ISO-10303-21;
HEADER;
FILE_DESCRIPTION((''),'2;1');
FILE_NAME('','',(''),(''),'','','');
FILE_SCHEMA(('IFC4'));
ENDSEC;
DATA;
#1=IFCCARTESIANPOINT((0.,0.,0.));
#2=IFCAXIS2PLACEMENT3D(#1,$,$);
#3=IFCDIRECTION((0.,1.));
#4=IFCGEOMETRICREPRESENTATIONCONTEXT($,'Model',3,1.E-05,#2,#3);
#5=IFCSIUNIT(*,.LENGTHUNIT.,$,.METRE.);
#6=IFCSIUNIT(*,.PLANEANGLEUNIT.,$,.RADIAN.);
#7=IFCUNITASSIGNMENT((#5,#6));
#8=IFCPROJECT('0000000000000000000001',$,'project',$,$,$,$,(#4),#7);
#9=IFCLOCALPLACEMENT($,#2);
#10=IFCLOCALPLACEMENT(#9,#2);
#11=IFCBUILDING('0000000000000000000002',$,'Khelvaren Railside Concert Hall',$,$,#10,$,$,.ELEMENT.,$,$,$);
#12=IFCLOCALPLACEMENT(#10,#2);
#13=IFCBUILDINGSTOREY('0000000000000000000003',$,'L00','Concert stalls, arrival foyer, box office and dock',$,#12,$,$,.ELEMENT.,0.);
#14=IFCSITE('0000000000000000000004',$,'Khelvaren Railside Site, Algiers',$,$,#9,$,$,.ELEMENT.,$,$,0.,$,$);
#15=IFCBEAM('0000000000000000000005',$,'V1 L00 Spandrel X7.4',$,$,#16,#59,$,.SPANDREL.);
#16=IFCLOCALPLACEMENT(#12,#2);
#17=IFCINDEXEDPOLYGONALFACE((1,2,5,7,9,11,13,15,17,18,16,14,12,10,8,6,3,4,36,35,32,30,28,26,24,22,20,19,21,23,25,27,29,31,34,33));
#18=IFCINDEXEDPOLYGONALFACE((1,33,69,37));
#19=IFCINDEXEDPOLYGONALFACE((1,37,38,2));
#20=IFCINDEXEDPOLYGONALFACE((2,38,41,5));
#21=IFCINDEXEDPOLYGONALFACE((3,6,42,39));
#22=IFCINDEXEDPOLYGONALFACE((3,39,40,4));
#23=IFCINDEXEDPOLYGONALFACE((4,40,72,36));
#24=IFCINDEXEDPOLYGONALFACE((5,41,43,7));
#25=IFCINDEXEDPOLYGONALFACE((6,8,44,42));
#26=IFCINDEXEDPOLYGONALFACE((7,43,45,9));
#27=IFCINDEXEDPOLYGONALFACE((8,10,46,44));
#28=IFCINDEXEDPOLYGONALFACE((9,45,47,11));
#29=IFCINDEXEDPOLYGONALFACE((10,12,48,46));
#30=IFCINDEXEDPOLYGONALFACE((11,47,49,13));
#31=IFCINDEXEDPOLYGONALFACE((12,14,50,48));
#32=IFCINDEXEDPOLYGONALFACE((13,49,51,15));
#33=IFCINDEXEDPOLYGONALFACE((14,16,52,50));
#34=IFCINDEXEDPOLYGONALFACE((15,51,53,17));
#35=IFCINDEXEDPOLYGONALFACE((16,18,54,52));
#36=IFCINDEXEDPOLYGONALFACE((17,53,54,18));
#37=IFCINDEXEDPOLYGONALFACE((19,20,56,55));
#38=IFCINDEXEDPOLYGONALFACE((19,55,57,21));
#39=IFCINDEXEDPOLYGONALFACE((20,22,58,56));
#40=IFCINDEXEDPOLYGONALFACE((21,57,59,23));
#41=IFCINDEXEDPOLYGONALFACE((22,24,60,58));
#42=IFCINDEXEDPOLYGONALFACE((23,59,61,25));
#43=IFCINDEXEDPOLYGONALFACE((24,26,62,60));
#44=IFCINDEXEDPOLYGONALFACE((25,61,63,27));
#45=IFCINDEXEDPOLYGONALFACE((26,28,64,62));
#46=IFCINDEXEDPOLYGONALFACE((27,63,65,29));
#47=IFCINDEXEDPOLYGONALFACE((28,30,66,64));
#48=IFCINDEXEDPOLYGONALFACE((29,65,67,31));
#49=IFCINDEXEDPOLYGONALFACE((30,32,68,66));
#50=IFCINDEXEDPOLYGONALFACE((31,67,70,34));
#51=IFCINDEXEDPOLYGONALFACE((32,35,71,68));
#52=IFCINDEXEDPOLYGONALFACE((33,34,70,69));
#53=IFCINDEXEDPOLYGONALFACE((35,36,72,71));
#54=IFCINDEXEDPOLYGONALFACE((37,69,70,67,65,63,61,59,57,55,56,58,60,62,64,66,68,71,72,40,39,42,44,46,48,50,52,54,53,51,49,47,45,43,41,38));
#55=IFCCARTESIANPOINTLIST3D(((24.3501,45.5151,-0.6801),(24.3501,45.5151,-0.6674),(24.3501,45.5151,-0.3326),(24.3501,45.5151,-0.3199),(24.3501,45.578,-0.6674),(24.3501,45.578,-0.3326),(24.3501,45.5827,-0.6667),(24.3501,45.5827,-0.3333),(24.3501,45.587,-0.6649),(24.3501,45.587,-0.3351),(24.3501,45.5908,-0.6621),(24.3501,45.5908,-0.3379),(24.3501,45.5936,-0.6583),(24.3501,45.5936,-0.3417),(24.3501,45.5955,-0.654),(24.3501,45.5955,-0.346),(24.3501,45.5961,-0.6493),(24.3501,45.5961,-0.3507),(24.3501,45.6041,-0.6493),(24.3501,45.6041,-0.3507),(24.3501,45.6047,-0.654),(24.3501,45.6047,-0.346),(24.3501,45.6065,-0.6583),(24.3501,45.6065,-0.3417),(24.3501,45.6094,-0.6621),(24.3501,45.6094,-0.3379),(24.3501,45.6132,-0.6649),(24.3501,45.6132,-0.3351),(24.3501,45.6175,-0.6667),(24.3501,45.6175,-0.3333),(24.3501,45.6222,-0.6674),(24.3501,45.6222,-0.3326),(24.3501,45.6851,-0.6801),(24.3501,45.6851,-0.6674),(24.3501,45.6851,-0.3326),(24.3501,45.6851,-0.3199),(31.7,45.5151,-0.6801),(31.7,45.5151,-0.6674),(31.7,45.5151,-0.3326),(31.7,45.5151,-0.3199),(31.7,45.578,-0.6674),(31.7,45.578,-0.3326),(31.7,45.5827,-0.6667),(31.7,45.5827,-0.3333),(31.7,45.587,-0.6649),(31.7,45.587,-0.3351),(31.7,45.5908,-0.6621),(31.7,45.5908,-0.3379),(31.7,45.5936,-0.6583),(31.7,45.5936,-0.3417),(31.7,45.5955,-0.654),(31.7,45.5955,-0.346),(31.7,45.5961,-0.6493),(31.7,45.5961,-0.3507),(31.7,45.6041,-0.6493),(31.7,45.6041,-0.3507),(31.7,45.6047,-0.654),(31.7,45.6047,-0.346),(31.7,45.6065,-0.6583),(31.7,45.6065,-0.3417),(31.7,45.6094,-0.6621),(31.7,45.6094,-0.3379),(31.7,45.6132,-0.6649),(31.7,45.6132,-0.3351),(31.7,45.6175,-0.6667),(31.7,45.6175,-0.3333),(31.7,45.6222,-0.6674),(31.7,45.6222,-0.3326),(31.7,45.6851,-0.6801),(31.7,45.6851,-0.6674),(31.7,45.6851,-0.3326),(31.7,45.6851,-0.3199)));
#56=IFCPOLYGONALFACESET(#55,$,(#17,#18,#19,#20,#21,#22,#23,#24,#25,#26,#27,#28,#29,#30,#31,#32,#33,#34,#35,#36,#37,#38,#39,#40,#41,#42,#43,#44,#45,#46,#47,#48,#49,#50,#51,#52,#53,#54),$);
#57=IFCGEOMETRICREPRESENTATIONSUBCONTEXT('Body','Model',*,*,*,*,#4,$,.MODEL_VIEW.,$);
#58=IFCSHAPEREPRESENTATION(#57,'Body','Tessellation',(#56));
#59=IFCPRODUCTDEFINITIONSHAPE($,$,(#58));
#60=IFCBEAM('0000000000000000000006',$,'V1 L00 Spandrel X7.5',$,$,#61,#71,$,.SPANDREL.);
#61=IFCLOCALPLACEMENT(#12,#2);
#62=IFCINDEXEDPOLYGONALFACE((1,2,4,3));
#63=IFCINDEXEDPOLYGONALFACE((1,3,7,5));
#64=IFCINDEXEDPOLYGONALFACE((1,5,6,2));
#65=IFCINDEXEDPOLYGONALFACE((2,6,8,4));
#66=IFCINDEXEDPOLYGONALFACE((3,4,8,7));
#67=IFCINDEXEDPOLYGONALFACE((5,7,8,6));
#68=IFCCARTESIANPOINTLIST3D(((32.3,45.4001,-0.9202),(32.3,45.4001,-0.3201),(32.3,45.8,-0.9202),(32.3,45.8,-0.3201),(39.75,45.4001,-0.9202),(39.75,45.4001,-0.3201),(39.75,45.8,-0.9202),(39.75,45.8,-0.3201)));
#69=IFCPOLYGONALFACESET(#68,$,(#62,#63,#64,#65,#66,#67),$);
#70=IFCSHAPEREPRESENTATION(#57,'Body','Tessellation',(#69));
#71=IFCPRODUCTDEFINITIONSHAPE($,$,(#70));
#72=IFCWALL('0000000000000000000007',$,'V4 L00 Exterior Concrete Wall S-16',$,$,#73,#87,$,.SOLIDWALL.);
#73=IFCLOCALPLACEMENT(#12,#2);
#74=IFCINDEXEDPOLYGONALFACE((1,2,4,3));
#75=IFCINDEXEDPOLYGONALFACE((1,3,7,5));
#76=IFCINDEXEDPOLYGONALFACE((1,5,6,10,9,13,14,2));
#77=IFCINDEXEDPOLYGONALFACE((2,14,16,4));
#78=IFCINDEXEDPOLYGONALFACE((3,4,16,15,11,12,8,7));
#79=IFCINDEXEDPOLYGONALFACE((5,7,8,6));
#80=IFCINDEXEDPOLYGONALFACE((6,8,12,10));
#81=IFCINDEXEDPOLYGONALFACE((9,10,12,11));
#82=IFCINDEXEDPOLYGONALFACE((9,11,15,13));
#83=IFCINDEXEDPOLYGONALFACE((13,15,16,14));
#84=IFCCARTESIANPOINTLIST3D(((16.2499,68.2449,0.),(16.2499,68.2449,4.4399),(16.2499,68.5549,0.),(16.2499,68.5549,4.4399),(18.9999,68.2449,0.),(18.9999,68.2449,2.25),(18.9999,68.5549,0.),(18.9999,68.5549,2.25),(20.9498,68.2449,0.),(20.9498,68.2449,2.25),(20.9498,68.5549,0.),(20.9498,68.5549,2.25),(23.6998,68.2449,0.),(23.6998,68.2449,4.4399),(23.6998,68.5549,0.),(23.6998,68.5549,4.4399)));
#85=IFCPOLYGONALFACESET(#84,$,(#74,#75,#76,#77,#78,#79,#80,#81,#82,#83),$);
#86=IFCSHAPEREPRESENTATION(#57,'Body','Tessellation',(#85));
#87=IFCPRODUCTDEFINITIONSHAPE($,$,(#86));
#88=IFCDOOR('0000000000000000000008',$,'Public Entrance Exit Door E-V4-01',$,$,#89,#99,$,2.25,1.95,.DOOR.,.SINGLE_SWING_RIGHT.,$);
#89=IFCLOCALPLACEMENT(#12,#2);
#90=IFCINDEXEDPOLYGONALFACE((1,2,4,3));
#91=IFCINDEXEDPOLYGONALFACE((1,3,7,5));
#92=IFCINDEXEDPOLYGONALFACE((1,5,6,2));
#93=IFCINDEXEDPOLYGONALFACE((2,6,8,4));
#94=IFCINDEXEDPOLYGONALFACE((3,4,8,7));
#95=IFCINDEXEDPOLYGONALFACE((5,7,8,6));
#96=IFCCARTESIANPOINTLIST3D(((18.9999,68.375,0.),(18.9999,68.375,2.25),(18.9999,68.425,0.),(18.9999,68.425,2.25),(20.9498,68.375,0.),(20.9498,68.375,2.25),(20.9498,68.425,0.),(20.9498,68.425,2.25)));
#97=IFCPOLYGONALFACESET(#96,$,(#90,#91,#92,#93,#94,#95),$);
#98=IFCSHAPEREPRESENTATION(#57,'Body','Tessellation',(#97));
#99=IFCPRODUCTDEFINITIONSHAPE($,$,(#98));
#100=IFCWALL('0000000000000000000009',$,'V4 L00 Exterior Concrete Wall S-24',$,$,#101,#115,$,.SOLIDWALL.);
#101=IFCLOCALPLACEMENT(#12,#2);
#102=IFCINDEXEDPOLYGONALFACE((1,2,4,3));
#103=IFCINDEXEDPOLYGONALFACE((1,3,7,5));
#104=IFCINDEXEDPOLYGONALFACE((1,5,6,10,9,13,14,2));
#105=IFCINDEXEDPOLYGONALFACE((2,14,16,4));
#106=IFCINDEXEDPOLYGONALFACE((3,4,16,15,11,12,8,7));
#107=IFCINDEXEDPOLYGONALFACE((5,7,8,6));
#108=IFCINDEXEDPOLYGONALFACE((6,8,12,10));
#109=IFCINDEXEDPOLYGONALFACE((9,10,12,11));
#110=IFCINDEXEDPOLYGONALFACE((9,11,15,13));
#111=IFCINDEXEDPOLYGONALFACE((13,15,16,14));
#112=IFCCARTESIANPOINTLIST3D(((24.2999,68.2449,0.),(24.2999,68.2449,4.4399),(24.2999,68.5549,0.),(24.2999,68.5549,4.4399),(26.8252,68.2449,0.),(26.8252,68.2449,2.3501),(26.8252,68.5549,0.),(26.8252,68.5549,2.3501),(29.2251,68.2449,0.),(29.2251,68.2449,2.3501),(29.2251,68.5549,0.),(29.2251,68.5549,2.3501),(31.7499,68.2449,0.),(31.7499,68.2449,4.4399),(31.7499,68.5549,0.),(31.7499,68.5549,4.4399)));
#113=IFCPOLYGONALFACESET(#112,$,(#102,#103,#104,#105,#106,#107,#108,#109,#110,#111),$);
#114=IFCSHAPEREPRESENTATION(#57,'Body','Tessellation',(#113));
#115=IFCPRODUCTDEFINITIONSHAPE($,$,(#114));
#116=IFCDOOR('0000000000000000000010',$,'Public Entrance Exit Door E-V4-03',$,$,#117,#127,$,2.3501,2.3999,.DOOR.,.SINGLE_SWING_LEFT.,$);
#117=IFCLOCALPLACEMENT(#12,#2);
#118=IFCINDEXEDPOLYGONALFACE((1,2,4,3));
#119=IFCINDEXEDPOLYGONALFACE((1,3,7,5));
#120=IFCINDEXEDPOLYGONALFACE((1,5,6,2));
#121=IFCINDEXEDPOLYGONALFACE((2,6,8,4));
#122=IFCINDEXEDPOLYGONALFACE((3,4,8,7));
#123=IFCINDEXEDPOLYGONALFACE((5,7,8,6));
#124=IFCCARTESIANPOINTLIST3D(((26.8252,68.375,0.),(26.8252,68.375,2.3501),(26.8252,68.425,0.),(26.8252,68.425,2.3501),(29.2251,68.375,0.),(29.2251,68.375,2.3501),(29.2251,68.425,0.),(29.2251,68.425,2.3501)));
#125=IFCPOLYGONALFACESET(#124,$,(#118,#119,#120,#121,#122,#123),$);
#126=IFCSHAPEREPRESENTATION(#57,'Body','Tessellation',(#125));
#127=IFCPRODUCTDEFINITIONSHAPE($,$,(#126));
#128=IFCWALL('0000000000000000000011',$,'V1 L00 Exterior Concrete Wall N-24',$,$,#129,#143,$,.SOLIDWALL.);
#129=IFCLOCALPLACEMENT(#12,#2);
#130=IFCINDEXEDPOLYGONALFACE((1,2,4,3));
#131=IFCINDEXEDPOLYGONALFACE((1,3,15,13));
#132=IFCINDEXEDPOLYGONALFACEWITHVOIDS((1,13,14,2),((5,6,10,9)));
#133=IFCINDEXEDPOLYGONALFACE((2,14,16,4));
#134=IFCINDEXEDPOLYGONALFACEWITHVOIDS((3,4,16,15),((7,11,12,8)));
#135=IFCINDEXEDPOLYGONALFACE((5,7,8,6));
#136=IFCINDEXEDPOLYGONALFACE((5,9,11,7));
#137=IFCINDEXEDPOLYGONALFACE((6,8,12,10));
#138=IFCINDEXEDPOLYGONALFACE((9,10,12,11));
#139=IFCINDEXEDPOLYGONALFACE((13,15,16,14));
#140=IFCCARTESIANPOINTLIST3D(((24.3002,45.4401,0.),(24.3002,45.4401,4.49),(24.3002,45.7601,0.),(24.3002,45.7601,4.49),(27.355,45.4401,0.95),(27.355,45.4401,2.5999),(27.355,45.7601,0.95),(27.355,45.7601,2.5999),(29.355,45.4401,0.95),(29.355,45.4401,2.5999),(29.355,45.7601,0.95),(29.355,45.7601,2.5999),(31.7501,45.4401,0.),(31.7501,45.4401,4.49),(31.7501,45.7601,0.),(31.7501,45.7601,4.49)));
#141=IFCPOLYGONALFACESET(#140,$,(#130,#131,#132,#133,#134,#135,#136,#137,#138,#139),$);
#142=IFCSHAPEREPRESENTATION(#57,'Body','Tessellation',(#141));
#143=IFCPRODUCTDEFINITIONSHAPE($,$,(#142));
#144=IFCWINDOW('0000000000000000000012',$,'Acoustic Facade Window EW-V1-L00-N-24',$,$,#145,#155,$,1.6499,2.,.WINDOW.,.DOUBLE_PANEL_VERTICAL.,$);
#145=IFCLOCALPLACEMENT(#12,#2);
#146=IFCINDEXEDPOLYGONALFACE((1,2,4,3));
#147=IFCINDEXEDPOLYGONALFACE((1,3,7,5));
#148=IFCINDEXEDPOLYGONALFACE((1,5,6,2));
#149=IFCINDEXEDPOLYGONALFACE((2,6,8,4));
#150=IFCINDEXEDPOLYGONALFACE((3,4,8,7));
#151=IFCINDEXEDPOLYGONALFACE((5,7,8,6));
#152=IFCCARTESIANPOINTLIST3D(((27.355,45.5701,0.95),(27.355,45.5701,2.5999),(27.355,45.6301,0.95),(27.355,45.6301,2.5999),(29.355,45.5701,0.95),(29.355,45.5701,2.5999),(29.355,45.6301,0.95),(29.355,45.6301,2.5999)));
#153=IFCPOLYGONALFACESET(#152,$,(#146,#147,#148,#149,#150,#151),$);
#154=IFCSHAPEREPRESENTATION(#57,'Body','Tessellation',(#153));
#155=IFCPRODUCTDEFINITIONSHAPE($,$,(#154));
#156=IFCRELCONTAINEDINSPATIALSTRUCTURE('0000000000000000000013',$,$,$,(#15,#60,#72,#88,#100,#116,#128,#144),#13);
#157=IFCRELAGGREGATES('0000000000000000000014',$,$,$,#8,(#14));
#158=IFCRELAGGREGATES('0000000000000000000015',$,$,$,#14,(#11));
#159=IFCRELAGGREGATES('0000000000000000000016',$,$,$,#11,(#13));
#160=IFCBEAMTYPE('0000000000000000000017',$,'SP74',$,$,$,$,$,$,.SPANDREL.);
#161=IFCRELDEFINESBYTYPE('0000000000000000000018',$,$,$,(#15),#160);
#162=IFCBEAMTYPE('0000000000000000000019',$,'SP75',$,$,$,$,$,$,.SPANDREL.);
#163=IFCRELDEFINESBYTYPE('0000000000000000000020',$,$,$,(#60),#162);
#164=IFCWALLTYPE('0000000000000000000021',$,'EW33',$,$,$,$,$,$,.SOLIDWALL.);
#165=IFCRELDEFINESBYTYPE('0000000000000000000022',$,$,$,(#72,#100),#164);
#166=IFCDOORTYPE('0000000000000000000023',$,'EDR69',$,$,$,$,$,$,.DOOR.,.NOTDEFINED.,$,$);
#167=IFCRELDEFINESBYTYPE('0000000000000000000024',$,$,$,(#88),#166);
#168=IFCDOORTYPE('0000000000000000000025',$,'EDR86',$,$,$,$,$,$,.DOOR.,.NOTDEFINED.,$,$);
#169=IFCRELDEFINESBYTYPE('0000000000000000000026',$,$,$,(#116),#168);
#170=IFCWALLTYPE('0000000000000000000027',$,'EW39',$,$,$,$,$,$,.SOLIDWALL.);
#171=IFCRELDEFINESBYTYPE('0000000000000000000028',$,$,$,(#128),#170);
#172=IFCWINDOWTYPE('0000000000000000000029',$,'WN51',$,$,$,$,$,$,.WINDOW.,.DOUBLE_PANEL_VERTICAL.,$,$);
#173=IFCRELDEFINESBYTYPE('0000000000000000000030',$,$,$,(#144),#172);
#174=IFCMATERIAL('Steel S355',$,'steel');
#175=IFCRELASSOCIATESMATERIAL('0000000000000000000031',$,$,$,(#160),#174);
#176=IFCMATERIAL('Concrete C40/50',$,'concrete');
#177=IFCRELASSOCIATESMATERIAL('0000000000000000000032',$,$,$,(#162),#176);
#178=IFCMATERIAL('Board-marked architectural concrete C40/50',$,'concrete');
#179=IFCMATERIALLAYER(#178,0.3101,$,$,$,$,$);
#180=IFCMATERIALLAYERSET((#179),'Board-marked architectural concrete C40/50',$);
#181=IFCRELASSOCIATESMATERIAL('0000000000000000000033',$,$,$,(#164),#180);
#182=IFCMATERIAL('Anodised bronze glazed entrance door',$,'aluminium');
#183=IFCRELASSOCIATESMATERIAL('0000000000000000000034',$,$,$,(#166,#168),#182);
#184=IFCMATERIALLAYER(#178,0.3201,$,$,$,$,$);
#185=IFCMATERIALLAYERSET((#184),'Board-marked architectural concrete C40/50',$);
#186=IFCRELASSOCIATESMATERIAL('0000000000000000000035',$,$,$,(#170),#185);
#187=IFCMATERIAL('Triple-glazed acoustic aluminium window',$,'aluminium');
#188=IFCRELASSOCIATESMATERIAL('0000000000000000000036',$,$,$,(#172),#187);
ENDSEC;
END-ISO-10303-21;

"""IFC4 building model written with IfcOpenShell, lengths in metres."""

from ifc_helpers import new_model, si_unit, direction, frame, frame_2d, origin, origin_2d, place, context, subcontext, project, spatial, rectangle, i_section, extrude, material, layer, layer_set, material_profile, profile_set, type_object, element, fill, save


model = new_model("IFC4")

# Units and contexts
model_context = context("Model", 3, precision=1e-05, world=origin(), true_north=direction((0.0, 1.0)))
body_context = subcontext(model_context, "Body", "Model", "MODEL_VIEW")
ifc_project = project(units=[si_unit("LENGTHUNIT", "METRE"), si_unit("PLANEANGLEUNIT", "RADIAN")], contexts=[model_context])

# Site, building, storey
site_placement = place(None, origin())
site = spatial("IfcSite", under=ifc_project, at=site_placement, Name="Khelvaren Railside Site, Algiers", CompositionType="ELEMENT", RefElevation=0.0)
building_placement = place(site_placement, origin())
building = spatial("IfcBuilding", under=site, at=building_placement, Name="Khelvaren Railside Concert Hall", CompositionType="ELEMENT")
storey_placement = place(building_placement, origin())
storey = spatial("IfcBuildingStorey", under=building, at=storey_placement, Name="L00", Description="Concert stalls, arrival foyer, box office and dock", CompositionType="ELEMENT", Elevation=0.0)

# Beams
ifc_material_1 = material(Name="Concrete C40/50", Category="concrete")
ifc_material_2 = material(Name="Steel S355", Category="steel")
ifc_material_profile_1 = material_profile(ifc_material_2, i_section(OverallWidth=0.1699, OverallDepth=0.3601, WebThickness=0.0081, FlangeThickness=0.0127, FilletRadius=0.0181, at=origin_2d()), Name="IPE 360")
ifc_profile_set_1 = profile_set([ifc_material_profile_1], Name="Steel S355")
beam_type_1 = type_object("IfcBeamType", Name="SP74", PredefinedType="SPANDREL", material=ifc_profile_set_1)
beam_1_placement = place(storey_placement, frame((24.3501, 45.6001, -0.5), z_axis=(1.0, 0.0, 0.0), x_axis=(0.0, 1.0, 0.0)))
element("IfcBeam", 1, at=beam_1_placement, inside=storey, type_object=beam_type_1, Name="V1 L00 Spandrel X7.4", PredefinedType="SPANDREL", context=body_context, shape_type="SweptSolid", body=[
    extrude(i_section(OverallWidth=0.1699, OverallDepth=0.3601, WebThickness=0.0081, FlangeThickness=0.0127, FilletRadius=0.0181, at=origin_2d()), origin(), (0.0, 0.0, 1.0), 7.3499),
])
ifc_material_profile_2 = material_profile(ifc_material_1, rectangle(XDim=0.3999, YDim=0.6001, at=origin_2d()), Name="RCB 400x600")
ifc_profile_set_2 = profile_set([ifc_material_profile_2], Name="Concrete C40/50")
beam_type_2 = type_object("IfcBeamType", Name="SP75", PredefinedType="SPANDREL", material=ifc_profile_set_2)
beam_2_placement = place(storey_placement, frame((32.3, 45.6001, -0.6201), z_axis=(1.0, 0.0, 0.0), x_axis=(0.0, 1.0, 0.0)))
element("IfcBeam", 2, at=beam_2_placement, inside=storey, type_object=beam_type_2, Name="V1 L00 Spandrel X7.5", PredefinedType="SPANDREL", context=body_context, shape_type="SweptSolid", body=[
    extrude(rectangle(XDim=0.3999, YDim=0.6001, at=origin_2d()), origin(), (0.0, 0.0, 1.0), 7.45),
])

# Walls, openings, doors
ifc_material_3 = material(Name="Board-marked architectural concrete C40/50", Category="concrete")
ifc_layer_1 = layer(ifc_material_3, 0.3101)
ifc_layer_set_1 = layer_set([ifc_layer_1], Name="Board-marked architectural concrete C40/50")
wall_type_1 = type_object("IfcWallType", Name="EW33", PredefinedType="SOLIDWALL", material=ifc_layer_set_1)
wall_1_placement = place(storey_placement, frame((23.7, 68.3999, 0.0), z_axis=(0.0, 0.0, 1.0), x_axis=(-1.0, 0.0, 0.0)))
wall_1 = element("IfcWall", 3, at=wall_1_placement, inside=storey, type_object=wall_type_1, Name="V4 L00 Exterior Concrete Wall S-16", PredefinedType="SOLIDWALL", context=body_context, shape_type="SweptSolid", body=[
    extrude(rectangle(XDim=7.45, YDim=0.3101, at=frame_2d((3.7251, 0.0))), origin(), (0.0, 0.0, 1.0), 4.4399),
])
opening_1_placement = place(wall_1_placement, frame((2.75, 0.0, 0.0)))
opening_1 = element("IfcOpeningElement", 4, at=opening_1_placement, cuts=wall_1, PredefinedType="OPENING", context=body_context, shape_type="SweptSolid", body=[
    extrude(rectangle(XDim=1.95, YDim=2.25, at=frame_2d((0.9751, 1.125))), frame((0.0, 0.165, 0.0), z_axis=(0.0, -1.0, 0.0), x_axis=(1.0, 0.0, 0.0)), (0.0, 0.0, 1.0), 0.3301),
])
ifc_material_4 = material(Name="Anodised bronze glazed entrance door", Category="aluminium")
door_type_1 = type_object("IfcDoorType", Name="EDR69", OperationType="NOTDEFINED", PredefinedType="DOOR", material=ifc_material_4)
door_1_placement = place(opening_1_placement, origin())
door_1 = element("IfcDoor", 5, at=door_1_placement, inside=storey, type_object=door_type_1, Name="Public Entrance Exit Door E-V4-01", OperationType="SINGLE_SWING_RIGHT", OverallHeight=2.25, OverallWidth=1.95, PredefinedType="DOOR", context=body_context, shape_type="SweptSolid", body=[
    extrude(rectangle(XDim=1.95, YDim=2.25, at=frame_2d((0.9751, 1.125))), frame((0.0, 0.0249, 0.0), z_axis=(0.0, -1.0, 0.0), x_axis=(1.0, 0.0, 0.0)), (0.0, 0.0, 1.0), 0.05),
])
fill(opening_1, door_1)
wall_2_placement = place(storey_placement, frame((31.75, 68.3999, 0.0), z_axis=(0.0, 0.0, 1.0), x_axis=(-1.0, 0.0, 0.0)))
wall_2 = element("IfcWall", 6, at=wall_2_placement, inside=storey, type_object=wall_type_1, Name="V4 L00 Exterior Concrete Wall S-24", PredefinedType="SOLIDWALL", context=body_context, shape_type="SweptSolid", body=[
    extrude(rectangle(XDim=7.45, YDim=0.3101, at=frame_2d((3.7251, 0.0))), origin(), (0.0, 0.0, 1.0), 4.4399),
])
opening_2_placement = place(wall_2_placement, frame((2.5249, 0.0, 0.0)))
opening_2 = element("IfcOpeningElement", 7, at=opening_2_placement, cuts=wall_2, PredefinedType="OPENING", context=body_context, shape_type="SweptSolid", body=[
    extrude(rectangle(XDim=2.3999, YDim=2.3501, at=frame_2d((1.2, 1.175))), frame((0.0, 0.165, 0.0), z_axis=(0.0, -1.0, 0.0), x_axis=(1.0, 0.0, 0.0)), (0.0, 0.0, 1.0), 0.3301),
])
door_type_2 = type_object("IfcDoorType", Name="EDR86", OperationType="NOTDEFINED", PredefinedType="DOOR", material=ifc_material_4)
door_2_placement = place(opening_2_placement, origin())
door_2 = element("IfcDoor", 8, at=door_2_placement, inside=storey, type_object=door_type_2, Name="Public Entrance Exit Door E-V4-03", OperationType="SINGLE_SWING_LEFT", OverallHeight=2.3501, OverallWidth=2.3999, PredefinedType="DOOR", context=body_context, shape_type="SweptSolid", body=[
    extrude(rectangle(XDim=2.3999, YDim=2.3501, at=frame_2d((1.2, 1.175))), frame((0.0, 0.0249, 0.0), z_axis=(0.0, -1.0, 0.0), x_axis=(1.0, 0.0, 0.0)), (0.0, 0.0, 1.0), 0.05),
])
fill(opening_2, door_2)

# Wall, opening, window
ifc_layer_2 = layer(ifc_material_3, 0.3201)
ifc_layer_set_2 = layer_set([ifc_layer_2], Name="Board-marked architectural concrete C40/50")
wall_type_2 = type_object("IfcWallType", Name="EW39", PredefinedType="SOLIDWALL", material=ifc_layer_set_2)
wall_3_placement = place(storey_placement, frame((24.3, 45.6001, 0.0), z_axis=(0.0, 0.0, 1.0), x_axis=(1.0, 0.0, 0.0)))
wall_3 = element("IfcWall", 9, at=wall_3_placement, inside=storey, type_object=wall_type_2, Name="V1 L00 Exterior Concrete Wall N-24", PredefinedType="SOLIDWALL", context=body_context, shape_type="SweptSolid", body=[
    extrude(rectangle(XDim=7.45, YDim=0.3201, at=frame_2d((3.7251, 0.0))), origin(), (0.0, 0.0, 1.0), 4.49),
])
opening_3_placement = place(wall_3_placement, frame((3.0549, 0.0, 0.95)))
opening_3 = element("IfcOpeningElement", 10, at=opening_3_placement, cuts=wall_3, PredefinedType="OPENING", context=body_context, shape_type="SweptSolid", body=[
    extrude(rectangle(XDim=2.0, YDim=1.6499, at=frame_2d((1.0, 0.825))), frame((0.0, 0.1699, 0.0), z_axis=(0.0, -1.0, 0.0), x_axis=(1.0, 0.0, 0.0)), (0.0, 0.0, 1.0), 0.3401),
])
ifc_material_5 = material(Name="Triple-glazed acoustic aluminium window", Category="aluminium")
window_type_1 = type_object("IfcWindowType", Name="WN51", PartitioningType="DOUBLE_PANEL_VERTICAL", PredefinedType="WINDOW", material=ifc_material_5)
window_1_placement = place(opening_3_placement, origin())
window_1 = element("IfcWindow", 11, at=window_1_placement, inside=storey, type_object=window_type_1, Name="Acoustic Facade Window EW-V1-L00-N-24", OverallHeight=1.6499, OverallWidth=2.0, PartitioningType="DOUBLE_PANEL_VERTICAL", PredefinedType="WINDOW", context=body_context, shape_type="SweptSolid", body=[
    extrude(rectangle(XDim=2.0, YDim=1.6499, at=frame_2d((1.0, 0.825))), frame((0.0, 0.03, 0.0), z_axis=(0.0, -1.0, 0.0), x_axis=(1.0, 0.0, 0.0)), (0.0, 0.0, 1.0), 0.0601),
])
fill(opening_3, window_1)

save(model, "model.ifc")
